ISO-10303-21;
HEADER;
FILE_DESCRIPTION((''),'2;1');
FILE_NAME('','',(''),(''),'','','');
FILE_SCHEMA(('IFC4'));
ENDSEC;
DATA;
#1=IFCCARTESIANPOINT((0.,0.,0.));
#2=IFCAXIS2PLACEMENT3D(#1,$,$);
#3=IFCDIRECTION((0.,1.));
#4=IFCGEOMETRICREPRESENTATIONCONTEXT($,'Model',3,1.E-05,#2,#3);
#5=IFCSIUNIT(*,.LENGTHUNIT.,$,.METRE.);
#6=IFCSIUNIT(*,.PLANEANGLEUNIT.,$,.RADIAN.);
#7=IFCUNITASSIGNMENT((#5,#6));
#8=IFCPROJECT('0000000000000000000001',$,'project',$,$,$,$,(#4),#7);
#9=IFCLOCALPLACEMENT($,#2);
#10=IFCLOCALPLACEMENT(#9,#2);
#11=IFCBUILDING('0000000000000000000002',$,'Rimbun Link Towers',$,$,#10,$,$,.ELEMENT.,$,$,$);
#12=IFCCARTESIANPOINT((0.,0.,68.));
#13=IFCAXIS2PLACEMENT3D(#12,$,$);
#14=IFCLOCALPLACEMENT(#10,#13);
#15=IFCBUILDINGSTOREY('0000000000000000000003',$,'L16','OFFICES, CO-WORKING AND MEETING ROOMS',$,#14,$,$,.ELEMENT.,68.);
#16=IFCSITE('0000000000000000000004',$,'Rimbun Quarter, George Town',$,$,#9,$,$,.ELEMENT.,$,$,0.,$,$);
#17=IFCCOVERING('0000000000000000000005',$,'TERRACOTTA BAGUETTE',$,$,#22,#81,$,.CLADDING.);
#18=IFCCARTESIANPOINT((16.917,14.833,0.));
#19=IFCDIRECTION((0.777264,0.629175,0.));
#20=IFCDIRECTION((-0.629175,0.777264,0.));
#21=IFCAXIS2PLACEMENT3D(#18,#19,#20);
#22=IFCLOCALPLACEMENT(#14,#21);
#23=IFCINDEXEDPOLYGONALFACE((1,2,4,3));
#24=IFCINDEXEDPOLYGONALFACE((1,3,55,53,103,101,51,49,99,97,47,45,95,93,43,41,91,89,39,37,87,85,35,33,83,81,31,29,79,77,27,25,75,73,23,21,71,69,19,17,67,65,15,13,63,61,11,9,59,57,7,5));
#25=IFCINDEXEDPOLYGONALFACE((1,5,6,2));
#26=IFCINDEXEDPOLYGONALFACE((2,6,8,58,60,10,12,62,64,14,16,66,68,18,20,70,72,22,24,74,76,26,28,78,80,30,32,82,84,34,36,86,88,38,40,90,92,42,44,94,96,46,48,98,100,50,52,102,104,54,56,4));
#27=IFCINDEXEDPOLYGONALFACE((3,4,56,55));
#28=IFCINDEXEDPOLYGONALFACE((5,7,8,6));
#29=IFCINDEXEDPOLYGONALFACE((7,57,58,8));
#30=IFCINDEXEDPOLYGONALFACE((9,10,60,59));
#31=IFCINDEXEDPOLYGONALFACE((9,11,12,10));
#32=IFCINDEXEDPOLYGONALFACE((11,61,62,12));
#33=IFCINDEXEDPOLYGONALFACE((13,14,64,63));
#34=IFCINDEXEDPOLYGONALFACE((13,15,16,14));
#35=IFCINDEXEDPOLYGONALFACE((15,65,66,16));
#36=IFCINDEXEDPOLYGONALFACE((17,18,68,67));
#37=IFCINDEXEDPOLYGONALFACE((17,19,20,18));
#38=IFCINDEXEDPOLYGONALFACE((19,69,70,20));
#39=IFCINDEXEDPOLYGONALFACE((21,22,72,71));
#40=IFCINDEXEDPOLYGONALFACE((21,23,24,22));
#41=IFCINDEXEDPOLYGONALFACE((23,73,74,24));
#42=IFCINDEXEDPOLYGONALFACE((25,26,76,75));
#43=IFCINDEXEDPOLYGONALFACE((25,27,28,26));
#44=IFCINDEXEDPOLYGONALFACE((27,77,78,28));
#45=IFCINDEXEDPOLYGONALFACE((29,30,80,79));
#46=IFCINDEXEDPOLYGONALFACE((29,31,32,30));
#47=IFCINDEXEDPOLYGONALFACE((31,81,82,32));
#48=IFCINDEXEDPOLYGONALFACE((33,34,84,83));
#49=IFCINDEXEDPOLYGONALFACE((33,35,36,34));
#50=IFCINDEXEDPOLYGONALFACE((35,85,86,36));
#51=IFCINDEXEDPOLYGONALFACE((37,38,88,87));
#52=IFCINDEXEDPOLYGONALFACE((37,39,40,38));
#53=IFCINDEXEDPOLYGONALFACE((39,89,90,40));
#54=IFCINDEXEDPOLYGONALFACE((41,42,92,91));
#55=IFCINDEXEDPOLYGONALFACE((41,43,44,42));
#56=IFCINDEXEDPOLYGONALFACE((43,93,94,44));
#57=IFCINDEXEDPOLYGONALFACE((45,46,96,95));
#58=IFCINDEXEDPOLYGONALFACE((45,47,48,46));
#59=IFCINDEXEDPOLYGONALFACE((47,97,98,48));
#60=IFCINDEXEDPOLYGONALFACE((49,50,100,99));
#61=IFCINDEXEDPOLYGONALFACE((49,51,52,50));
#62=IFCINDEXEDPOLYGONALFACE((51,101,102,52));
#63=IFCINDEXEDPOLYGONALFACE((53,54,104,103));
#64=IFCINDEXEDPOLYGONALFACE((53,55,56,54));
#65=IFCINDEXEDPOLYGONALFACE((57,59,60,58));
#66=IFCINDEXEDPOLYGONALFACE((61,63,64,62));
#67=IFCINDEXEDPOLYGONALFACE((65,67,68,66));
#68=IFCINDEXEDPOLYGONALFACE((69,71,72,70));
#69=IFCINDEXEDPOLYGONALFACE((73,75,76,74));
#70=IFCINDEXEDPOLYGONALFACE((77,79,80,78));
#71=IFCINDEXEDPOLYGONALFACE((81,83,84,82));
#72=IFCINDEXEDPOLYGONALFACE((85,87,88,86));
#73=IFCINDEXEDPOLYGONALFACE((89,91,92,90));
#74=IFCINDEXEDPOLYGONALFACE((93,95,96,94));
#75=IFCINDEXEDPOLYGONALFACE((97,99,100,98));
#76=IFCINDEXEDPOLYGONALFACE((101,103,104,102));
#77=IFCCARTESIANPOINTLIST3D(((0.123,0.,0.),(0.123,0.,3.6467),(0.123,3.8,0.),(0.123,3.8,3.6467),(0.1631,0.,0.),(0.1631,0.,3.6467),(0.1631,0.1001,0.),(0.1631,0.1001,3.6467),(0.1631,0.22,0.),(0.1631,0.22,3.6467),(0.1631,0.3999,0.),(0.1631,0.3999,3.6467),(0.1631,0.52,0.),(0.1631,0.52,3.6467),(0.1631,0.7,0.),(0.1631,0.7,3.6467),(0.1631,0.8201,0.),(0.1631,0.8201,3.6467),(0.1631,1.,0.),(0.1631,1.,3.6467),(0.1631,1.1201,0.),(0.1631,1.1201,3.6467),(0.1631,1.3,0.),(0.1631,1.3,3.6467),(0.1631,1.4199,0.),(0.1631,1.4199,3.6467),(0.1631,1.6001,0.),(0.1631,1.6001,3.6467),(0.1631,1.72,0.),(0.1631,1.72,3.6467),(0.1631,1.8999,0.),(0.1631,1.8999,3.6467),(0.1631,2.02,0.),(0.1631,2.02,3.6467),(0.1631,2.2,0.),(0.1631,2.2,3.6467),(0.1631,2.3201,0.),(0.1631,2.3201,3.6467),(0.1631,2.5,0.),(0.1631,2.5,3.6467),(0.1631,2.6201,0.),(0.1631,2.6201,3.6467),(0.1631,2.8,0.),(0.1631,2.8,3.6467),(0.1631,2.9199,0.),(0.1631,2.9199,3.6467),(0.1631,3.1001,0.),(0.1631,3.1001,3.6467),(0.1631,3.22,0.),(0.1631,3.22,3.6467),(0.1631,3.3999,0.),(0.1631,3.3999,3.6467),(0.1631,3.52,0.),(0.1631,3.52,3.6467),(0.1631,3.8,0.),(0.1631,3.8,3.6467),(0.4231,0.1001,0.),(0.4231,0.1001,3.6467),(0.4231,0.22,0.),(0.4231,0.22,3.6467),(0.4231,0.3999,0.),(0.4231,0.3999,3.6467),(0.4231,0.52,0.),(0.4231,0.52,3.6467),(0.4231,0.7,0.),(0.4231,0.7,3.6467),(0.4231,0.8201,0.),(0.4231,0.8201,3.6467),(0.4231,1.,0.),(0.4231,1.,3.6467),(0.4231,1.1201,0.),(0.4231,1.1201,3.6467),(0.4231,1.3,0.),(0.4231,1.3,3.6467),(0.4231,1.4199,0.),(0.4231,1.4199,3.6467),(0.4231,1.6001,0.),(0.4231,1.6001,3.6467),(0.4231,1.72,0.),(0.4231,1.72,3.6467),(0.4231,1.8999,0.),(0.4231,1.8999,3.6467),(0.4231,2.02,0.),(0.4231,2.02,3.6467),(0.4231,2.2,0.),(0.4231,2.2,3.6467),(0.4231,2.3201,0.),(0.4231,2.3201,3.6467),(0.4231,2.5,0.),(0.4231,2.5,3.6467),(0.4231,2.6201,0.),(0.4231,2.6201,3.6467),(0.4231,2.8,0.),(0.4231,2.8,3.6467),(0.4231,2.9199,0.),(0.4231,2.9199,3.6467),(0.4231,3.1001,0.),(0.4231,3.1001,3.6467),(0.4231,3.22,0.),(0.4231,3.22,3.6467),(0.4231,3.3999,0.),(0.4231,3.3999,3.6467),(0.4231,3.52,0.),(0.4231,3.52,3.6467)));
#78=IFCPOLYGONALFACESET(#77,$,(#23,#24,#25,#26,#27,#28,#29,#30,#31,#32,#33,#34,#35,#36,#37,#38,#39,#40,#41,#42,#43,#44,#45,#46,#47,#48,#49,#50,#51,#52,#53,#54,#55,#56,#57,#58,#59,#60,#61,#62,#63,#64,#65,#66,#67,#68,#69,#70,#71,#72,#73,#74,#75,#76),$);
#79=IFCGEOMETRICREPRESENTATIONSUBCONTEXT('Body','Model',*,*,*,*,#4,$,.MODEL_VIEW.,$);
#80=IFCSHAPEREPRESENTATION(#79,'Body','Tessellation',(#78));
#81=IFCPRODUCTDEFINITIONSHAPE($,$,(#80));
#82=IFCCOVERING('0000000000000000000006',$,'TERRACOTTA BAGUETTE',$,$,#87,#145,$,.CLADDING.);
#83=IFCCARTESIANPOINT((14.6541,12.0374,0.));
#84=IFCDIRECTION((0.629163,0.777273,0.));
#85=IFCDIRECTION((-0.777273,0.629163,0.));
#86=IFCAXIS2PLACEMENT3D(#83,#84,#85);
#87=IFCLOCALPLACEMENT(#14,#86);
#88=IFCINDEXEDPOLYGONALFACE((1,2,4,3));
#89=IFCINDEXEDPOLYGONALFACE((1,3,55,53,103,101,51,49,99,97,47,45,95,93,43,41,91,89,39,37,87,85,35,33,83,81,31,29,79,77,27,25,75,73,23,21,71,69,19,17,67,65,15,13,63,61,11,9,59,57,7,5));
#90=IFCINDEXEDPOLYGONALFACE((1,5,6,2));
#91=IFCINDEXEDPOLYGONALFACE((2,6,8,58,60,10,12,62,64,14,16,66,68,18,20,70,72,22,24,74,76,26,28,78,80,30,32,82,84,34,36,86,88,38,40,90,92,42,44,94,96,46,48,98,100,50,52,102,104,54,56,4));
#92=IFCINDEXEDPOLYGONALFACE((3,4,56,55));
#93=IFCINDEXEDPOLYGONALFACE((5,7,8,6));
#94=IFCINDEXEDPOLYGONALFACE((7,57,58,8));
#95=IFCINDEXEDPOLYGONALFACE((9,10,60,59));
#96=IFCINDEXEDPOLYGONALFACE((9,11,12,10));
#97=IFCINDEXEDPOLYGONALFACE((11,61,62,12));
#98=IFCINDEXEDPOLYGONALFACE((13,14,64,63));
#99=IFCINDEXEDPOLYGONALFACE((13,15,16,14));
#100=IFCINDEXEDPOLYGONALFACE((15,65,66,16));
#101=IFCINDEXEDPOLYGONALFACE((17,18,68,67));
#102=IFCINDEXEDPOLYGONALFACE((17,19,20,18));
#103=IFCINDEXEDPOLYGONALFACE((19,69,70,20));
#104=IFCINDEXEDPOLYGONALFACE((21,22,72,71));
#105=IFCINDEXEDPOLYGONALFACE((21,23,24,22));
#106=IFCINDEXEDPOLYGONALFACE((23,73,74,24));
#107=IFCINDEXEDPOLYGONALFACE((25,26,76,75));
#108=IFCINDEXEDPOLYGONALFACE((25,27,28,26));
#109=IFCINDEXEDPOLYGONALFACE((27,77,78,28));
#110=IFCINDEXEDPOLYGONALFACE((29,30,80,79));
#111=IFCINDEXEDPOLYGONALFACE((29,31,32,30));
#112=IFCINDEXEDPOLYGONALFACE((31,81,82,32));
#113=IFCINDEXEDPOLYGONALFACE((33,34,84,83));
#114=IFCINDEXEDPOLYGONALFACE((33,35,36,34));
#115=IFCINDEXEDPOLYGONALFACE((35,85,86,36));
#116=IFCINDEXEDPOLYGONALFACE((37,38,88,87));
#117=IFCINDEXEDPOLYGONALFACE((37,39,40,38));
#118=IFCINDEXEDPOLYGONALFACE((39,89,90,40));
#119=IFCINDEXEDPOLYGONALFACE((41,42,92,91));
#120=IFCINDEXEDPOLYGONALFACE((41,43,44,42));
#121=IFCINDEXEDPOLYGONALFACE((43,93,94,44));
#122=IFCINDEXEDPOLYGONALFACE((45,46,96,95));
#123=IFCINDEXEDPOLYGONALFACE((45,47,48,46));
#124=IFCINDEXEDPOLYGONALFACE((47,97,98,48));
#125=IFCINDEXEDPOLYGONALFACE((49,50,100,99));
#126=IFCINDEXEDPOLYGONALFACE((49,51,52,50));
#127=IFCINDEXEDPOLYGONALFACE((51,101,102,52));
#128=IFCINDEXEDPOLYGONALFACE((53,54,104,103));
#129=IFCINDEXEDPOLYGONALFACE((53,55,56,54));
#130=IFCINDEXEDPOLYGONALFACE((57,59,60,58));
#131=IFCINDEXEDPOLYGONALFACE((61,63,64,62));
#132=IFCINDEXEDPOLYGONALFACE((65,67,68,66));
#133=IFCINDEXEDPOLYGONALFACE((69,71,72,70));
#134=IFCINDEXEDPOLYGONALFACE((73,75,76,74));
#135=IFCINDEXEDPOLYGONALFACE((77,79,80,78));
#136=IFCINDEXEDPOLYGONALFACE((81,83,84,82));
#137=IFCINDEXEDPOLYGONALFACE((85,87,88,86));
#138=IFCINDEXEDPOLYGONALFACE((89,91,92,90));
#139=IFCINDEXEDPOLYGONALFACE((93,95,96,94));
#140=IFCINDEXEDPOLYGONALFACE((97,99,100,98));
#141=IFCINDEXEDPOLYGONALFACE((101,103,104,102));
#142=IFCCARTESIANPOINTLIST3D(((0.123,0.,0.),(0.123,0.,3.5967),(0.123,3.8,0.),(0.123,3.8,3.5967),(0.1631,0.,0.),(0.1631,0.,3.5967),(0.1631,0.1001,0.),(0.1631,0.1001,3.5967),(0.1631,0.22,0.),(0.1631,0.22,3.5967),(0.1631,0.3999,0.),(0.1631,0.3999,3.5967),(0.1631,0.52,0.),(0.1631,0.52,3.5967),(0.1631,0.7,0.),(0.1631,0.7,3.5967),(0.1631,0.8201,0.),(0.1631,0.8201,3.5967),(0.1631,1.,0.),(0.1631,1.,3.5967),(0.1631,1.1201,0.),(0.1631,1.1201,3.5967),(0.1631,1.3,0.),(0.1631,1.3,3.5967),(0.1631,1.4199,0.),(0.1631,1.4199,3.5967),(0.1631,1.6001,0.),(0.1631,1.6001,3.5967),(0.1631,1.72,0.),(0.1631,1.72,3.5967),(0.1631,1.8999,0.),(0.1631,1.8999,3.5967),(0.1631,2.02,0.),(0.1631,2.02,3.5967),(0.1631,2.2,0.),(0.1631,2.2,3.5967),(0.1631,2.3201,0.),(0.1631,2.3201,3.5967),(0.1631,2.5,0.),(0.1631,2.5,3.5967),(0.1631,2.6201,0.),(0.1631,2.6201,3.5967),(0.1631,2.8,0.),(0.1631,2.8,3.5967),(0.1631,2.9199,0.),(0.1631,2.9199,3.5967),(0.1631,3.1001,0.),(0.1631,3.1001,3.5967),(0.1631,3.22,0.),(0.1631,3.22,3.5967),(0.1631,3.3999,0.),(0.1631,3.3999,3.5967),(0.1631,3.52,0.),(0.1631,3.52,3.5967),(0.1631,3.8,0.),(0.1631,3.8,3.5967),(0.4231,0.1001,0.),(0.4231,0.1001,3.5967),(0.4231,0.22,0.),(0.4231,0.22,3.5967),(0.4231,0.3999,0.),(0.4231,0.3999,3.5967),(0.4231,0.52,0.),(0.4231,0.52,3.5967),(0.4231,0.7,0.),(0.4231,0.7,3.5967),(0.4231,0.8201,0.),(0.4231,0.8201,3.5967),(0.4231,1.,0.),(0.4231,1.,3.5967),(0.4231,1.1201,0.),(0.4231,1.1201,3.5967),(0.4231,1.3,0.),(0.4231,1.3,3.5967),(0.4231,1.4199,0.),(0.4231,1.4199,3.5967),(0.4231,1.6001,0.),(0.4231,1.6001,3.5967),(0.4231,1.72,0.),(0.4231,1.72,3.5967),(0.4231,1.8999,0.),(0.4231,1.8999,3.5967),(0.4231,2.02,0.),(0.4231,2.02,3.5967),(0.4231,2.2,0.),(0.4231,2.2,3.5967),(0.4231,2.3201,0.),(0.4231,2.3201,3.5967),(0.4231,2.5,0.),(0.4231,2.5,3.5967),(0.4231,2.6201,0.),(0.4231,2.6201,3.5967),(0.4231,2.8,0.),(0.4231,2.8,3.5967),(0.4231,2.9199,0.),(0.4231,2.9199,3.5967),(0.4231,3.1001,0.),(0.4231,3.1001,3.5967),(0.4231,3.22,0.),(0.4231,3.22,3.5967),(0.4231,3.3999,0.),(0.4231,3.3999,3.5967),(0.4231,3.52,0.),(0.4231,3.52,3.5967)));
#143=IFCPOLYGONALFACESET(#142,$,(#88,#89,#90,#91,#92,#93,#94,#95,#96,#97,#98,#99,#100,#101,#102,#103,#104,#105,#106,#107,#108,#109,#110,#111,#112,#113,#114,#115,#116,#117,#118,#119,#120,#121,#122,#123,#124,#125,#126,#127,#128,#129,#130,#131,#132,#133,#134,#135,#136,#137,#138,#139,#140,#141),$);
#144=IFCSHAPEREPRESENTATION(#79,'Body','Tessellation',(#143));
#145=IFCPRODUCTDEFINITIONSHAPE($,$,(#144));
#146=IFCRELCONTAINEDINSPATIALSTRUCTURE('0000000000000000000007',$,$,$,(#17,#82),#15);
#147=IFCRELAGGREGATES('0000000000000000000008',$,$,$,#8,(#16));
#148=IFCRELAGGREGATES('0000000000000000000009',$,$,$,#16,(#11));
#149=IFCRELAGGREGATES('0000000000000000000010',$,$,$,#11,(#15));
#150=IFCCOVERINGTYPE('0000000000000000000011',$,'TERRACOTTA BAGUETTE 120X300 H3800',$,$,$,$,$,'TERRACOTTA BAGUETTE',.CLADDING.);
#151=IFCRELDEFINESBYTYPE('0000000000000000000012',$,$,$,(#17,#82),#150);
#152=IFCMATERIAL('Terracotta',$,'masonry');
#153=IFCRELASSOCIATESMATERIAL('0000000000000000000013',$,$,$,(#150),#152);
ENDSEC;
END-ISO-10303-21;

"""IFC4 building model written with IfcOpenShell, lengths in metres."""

from ifc_helpers import new_model, si_unit, direction, frame, origin, place, context, subcontext, project, spatial, polyline, outline, extrude, material, material_profile, profile_set, type_object, element, save


model = new_model("IFC4")

# Units and contexts
model_context = context("Model", 3, precision=1e-05, world=origin(), true_north=direction((0.0, 1.0)))
body_context = subcontext(model_context, "Body", "Model", "MODEL_VIEW")
ifc_project = project(units=[si_unit("LENGTHUNIT", "METRE"), si_unit("PLANEANGLEUNIT", "RADIAN")], contexts=[model_context])

# Site, building, storey
site_placement = place(None, origin())
site = spatial("IfcSite", under=ifc_project, at=site_placement, Name="Rimbun Quarter, George Town", CompositionType="ELEMENT", RefElevation=0.0)
building_placement = place(site_placement, origin())
building = spatial("IfcBuilding", under=site, at=building_placement, Name="Rimbun Link Towers", CompositionType="ELEMENT")
storey_placement = place(building_placement, frame((0.0, 0.0, 68.0)))
storey = spatial("IfcBuildingStorey", under=building, at=storey_placement, Name="L16", Description="OFFICES, CO-WORKING AND MEETING ROOMS", CompositionType="ELEMENT", Elevation=68.0)

# Coverings
ifc_material_1 = material(Name="Terracotta", Category="masonry")
ifc_material_profile_1 = material_profile(ifc_material_1, outline(polyline([(0.123, 0.0), (0.1631, 0.0), (0.1631, 0.1001), (0.4231, 0.1001), (0.4231, 0.22), (0.1631, 0.22), (0.1631, 0.3999), (0.4231, 0.3999), (0.4231, 0.52), (0.1631, 0.52), (0.1631, 0.7), (0.4231, 0.7), (0.4231, 0.8201), (0.1631, 0.8201), (0.1631, 1.0), (0.4231, 1.0), (0.4231, 1.1201), (0.1631, 1.1201), (0.1631, 1.3), (0.4231, 1.3), (0.4231, 1.4199), (0.1631, 1.4199), (0.1631, 1.6001), (0.4231, 1.6001), (0.4231, 1.72), (0.1631, 1.72), (0.1631, 1.8999), (0.4231, 1.8999), (0.4231, 2.02), (0.1631, 2.02), (0.1631, 2.2), (0.4231, 2.2), (0.4231, 2.3201), (0.1631, 2.3201), (0.1631, 2.5), (0.4231, 2.5), (0.4231, 2.6201), (0.1631, 2.6201), (0.1631, 2.8), (0.4231, 2.8), (0.4231, 2.9199), (0.1631, 2.9199), (0.1631, 3.1001), (0.4231, 3.1001), (0.4231, 3.22), (0.1631, 3.22), (0.1631, 3.3999), (0.4231, 3.3999), (0.4231, 3.52), (0.1631, 3.52), (0.1631, 3.8), (0.123, 3.8), (0.123, 0.0)])), Name="BAGUETTE 120X300")
ifc_profile_set_1 = profile_set([ifc_material_profile_1], Name="Terracotta")
covering_type_1 = type_object("IfcCoveringType", Name="TERRACOTTA BAGUETTE 120X300 H3800", ElementType="TERRACOTTA BAGUETTE", PredefinedType="CLADDING", material=ifc_profile_set_1)
covering_1_placement = place(storey_placement, frame((16.917, 14.833, 0.0), z_axis=(0.777264, 0.629175, 0.0), x_axis=(-0.629175, 0.777264, 0.0)))
element("IfcCovering", 1, at=covering_1_placement, inside=storey, type_object=covering_type_1, Name="TERRACOTTA BAGUETTE", PredefinedType="CLADDING", context=body_context, shape_type="SweptSolid", body=[
    extrude(outline(polyline([(0.123, 0.0), (0.1631, 0.0), (0.1631, 0.1001), (0.4231, 0.1001), (0.4231, 0.22), (0.1631, 0.22), (0.1631, 0.3999), (0.4231, 0.3999), (0.4231, 0.52), (0.1631, 0.52), (0.1631, 0.7), (0.4231, 0.7), (0.4231, 0.8201), (0.1631, 0.8201), (0.1631, 1.0), (0.4231, 1.0), (0.4231, 1.1201), (0.1631, 1.1201), (0.1631, 1.3), (0.4231, 1.3), (0.4231, 1.4199), (0.1631, 1.4199), (0.1631, 1.6001), (0.4231, 1.6001), (0.4231, 1.72), (0.1631, 1.72), (0.1631, 1.8999), (0.4231, 1.8999), (0.4231, 2.02), (0.1631, 2.02), (0.1631, 2.2), (0.4231, 2.2), (0.4231, 2.3201), (0.1631, 2.3201), (0.1631, 2.5), (0.4231, 2.5), (0.4231, 2.6201), (0.1631, 2.6201), (0.1631, 2.8), (0.4231, 2.8), (0.4231, 2.9199), (0.1631, 2.9199), (0.1631, 3.1001), (0.4231, 3.1001), (0.4231, 3.22), (0.1631, 3.22), (0.1631, 3.3999), (0.4231, 3.3999), (0.4231, 3.52), (0.1631, 3.52), (0.1631, 3.8), (0.123, 3.8), (0.123, 0.0)])), origin(), (0.0, 0.0, 1.0), 3.6467),
])
covering_2_placement = place(storey_placement, frame((14.6541, 12.0374, 0.0), z_axis=(0.629163, 0.777273, 0.0), x_axis=(-0.777273, 0.629163, 0.0)))
element("IfcCovering", 2, at=covering_2_placement, inside=storey, type_object=covering_type_1, Name="TERRACOTTA BAGUETTE", PredefinedType="CLADDING", context=body_context, shape_type="SweptSolid", body=[
    extrude(outline(polyline([(0.123, 0.0), (0.1631, 0.0), (0.1631, 0.1001), (0.4231, 0.1001), (0.4231, 0.22), (0.1631, 0.22), (0.1631, 0.3999), (0.4231, 0.3999), (0.4231, 0.52), (0.1631, 0.52), (0.1631, 0.7), (0.4231, 0.7), (0.4231, 0.8201), (0.1631, 0.8201), (0.1631, 1.0), (0.4231, 1.0), (0.4231, 1.1201), (0.1631, 1.1201), (0.1631, 1.3), (0.4231, 1.3), (0.4231, 1.4199), (0.1631, 1.4199), (0.1631, 1.6001), (0.4231, 1.6001), (0.4231, 1.72), (0.1631, 1.72), (0.1631, 1.8999), (0.4231, 1.8999), (0.4231, 2.02), (0.1631, 2.02), (0.1631, 2.2), (0.4231, 2.2), (0.4231, 2.3201), (0.1631, 2.3201), (0.1631, 2.5), (0.4231, 2.5), (0.4231, 2.6201), (0.1631, 2.6201), (0.1631, 2.8), (0.4231, 2.8), (0.4231, 2.9199), (0.1631, 2.9199), (0.1631, 3.1001), (0.4231, 3.1001), (0.4231, 3.22), (0.1631, 3.22), (0.1631, 3.3999), (0.4231, 3.3999), (0.4231, 3.52), (0.1631, 3.52), (0.1631, 3.8), (0.123, 3.8), (0.123, 0.0)])), origin(), (0.0, 0.0, 1.0), 3.5967),
])

save(model, "model.ifc")
